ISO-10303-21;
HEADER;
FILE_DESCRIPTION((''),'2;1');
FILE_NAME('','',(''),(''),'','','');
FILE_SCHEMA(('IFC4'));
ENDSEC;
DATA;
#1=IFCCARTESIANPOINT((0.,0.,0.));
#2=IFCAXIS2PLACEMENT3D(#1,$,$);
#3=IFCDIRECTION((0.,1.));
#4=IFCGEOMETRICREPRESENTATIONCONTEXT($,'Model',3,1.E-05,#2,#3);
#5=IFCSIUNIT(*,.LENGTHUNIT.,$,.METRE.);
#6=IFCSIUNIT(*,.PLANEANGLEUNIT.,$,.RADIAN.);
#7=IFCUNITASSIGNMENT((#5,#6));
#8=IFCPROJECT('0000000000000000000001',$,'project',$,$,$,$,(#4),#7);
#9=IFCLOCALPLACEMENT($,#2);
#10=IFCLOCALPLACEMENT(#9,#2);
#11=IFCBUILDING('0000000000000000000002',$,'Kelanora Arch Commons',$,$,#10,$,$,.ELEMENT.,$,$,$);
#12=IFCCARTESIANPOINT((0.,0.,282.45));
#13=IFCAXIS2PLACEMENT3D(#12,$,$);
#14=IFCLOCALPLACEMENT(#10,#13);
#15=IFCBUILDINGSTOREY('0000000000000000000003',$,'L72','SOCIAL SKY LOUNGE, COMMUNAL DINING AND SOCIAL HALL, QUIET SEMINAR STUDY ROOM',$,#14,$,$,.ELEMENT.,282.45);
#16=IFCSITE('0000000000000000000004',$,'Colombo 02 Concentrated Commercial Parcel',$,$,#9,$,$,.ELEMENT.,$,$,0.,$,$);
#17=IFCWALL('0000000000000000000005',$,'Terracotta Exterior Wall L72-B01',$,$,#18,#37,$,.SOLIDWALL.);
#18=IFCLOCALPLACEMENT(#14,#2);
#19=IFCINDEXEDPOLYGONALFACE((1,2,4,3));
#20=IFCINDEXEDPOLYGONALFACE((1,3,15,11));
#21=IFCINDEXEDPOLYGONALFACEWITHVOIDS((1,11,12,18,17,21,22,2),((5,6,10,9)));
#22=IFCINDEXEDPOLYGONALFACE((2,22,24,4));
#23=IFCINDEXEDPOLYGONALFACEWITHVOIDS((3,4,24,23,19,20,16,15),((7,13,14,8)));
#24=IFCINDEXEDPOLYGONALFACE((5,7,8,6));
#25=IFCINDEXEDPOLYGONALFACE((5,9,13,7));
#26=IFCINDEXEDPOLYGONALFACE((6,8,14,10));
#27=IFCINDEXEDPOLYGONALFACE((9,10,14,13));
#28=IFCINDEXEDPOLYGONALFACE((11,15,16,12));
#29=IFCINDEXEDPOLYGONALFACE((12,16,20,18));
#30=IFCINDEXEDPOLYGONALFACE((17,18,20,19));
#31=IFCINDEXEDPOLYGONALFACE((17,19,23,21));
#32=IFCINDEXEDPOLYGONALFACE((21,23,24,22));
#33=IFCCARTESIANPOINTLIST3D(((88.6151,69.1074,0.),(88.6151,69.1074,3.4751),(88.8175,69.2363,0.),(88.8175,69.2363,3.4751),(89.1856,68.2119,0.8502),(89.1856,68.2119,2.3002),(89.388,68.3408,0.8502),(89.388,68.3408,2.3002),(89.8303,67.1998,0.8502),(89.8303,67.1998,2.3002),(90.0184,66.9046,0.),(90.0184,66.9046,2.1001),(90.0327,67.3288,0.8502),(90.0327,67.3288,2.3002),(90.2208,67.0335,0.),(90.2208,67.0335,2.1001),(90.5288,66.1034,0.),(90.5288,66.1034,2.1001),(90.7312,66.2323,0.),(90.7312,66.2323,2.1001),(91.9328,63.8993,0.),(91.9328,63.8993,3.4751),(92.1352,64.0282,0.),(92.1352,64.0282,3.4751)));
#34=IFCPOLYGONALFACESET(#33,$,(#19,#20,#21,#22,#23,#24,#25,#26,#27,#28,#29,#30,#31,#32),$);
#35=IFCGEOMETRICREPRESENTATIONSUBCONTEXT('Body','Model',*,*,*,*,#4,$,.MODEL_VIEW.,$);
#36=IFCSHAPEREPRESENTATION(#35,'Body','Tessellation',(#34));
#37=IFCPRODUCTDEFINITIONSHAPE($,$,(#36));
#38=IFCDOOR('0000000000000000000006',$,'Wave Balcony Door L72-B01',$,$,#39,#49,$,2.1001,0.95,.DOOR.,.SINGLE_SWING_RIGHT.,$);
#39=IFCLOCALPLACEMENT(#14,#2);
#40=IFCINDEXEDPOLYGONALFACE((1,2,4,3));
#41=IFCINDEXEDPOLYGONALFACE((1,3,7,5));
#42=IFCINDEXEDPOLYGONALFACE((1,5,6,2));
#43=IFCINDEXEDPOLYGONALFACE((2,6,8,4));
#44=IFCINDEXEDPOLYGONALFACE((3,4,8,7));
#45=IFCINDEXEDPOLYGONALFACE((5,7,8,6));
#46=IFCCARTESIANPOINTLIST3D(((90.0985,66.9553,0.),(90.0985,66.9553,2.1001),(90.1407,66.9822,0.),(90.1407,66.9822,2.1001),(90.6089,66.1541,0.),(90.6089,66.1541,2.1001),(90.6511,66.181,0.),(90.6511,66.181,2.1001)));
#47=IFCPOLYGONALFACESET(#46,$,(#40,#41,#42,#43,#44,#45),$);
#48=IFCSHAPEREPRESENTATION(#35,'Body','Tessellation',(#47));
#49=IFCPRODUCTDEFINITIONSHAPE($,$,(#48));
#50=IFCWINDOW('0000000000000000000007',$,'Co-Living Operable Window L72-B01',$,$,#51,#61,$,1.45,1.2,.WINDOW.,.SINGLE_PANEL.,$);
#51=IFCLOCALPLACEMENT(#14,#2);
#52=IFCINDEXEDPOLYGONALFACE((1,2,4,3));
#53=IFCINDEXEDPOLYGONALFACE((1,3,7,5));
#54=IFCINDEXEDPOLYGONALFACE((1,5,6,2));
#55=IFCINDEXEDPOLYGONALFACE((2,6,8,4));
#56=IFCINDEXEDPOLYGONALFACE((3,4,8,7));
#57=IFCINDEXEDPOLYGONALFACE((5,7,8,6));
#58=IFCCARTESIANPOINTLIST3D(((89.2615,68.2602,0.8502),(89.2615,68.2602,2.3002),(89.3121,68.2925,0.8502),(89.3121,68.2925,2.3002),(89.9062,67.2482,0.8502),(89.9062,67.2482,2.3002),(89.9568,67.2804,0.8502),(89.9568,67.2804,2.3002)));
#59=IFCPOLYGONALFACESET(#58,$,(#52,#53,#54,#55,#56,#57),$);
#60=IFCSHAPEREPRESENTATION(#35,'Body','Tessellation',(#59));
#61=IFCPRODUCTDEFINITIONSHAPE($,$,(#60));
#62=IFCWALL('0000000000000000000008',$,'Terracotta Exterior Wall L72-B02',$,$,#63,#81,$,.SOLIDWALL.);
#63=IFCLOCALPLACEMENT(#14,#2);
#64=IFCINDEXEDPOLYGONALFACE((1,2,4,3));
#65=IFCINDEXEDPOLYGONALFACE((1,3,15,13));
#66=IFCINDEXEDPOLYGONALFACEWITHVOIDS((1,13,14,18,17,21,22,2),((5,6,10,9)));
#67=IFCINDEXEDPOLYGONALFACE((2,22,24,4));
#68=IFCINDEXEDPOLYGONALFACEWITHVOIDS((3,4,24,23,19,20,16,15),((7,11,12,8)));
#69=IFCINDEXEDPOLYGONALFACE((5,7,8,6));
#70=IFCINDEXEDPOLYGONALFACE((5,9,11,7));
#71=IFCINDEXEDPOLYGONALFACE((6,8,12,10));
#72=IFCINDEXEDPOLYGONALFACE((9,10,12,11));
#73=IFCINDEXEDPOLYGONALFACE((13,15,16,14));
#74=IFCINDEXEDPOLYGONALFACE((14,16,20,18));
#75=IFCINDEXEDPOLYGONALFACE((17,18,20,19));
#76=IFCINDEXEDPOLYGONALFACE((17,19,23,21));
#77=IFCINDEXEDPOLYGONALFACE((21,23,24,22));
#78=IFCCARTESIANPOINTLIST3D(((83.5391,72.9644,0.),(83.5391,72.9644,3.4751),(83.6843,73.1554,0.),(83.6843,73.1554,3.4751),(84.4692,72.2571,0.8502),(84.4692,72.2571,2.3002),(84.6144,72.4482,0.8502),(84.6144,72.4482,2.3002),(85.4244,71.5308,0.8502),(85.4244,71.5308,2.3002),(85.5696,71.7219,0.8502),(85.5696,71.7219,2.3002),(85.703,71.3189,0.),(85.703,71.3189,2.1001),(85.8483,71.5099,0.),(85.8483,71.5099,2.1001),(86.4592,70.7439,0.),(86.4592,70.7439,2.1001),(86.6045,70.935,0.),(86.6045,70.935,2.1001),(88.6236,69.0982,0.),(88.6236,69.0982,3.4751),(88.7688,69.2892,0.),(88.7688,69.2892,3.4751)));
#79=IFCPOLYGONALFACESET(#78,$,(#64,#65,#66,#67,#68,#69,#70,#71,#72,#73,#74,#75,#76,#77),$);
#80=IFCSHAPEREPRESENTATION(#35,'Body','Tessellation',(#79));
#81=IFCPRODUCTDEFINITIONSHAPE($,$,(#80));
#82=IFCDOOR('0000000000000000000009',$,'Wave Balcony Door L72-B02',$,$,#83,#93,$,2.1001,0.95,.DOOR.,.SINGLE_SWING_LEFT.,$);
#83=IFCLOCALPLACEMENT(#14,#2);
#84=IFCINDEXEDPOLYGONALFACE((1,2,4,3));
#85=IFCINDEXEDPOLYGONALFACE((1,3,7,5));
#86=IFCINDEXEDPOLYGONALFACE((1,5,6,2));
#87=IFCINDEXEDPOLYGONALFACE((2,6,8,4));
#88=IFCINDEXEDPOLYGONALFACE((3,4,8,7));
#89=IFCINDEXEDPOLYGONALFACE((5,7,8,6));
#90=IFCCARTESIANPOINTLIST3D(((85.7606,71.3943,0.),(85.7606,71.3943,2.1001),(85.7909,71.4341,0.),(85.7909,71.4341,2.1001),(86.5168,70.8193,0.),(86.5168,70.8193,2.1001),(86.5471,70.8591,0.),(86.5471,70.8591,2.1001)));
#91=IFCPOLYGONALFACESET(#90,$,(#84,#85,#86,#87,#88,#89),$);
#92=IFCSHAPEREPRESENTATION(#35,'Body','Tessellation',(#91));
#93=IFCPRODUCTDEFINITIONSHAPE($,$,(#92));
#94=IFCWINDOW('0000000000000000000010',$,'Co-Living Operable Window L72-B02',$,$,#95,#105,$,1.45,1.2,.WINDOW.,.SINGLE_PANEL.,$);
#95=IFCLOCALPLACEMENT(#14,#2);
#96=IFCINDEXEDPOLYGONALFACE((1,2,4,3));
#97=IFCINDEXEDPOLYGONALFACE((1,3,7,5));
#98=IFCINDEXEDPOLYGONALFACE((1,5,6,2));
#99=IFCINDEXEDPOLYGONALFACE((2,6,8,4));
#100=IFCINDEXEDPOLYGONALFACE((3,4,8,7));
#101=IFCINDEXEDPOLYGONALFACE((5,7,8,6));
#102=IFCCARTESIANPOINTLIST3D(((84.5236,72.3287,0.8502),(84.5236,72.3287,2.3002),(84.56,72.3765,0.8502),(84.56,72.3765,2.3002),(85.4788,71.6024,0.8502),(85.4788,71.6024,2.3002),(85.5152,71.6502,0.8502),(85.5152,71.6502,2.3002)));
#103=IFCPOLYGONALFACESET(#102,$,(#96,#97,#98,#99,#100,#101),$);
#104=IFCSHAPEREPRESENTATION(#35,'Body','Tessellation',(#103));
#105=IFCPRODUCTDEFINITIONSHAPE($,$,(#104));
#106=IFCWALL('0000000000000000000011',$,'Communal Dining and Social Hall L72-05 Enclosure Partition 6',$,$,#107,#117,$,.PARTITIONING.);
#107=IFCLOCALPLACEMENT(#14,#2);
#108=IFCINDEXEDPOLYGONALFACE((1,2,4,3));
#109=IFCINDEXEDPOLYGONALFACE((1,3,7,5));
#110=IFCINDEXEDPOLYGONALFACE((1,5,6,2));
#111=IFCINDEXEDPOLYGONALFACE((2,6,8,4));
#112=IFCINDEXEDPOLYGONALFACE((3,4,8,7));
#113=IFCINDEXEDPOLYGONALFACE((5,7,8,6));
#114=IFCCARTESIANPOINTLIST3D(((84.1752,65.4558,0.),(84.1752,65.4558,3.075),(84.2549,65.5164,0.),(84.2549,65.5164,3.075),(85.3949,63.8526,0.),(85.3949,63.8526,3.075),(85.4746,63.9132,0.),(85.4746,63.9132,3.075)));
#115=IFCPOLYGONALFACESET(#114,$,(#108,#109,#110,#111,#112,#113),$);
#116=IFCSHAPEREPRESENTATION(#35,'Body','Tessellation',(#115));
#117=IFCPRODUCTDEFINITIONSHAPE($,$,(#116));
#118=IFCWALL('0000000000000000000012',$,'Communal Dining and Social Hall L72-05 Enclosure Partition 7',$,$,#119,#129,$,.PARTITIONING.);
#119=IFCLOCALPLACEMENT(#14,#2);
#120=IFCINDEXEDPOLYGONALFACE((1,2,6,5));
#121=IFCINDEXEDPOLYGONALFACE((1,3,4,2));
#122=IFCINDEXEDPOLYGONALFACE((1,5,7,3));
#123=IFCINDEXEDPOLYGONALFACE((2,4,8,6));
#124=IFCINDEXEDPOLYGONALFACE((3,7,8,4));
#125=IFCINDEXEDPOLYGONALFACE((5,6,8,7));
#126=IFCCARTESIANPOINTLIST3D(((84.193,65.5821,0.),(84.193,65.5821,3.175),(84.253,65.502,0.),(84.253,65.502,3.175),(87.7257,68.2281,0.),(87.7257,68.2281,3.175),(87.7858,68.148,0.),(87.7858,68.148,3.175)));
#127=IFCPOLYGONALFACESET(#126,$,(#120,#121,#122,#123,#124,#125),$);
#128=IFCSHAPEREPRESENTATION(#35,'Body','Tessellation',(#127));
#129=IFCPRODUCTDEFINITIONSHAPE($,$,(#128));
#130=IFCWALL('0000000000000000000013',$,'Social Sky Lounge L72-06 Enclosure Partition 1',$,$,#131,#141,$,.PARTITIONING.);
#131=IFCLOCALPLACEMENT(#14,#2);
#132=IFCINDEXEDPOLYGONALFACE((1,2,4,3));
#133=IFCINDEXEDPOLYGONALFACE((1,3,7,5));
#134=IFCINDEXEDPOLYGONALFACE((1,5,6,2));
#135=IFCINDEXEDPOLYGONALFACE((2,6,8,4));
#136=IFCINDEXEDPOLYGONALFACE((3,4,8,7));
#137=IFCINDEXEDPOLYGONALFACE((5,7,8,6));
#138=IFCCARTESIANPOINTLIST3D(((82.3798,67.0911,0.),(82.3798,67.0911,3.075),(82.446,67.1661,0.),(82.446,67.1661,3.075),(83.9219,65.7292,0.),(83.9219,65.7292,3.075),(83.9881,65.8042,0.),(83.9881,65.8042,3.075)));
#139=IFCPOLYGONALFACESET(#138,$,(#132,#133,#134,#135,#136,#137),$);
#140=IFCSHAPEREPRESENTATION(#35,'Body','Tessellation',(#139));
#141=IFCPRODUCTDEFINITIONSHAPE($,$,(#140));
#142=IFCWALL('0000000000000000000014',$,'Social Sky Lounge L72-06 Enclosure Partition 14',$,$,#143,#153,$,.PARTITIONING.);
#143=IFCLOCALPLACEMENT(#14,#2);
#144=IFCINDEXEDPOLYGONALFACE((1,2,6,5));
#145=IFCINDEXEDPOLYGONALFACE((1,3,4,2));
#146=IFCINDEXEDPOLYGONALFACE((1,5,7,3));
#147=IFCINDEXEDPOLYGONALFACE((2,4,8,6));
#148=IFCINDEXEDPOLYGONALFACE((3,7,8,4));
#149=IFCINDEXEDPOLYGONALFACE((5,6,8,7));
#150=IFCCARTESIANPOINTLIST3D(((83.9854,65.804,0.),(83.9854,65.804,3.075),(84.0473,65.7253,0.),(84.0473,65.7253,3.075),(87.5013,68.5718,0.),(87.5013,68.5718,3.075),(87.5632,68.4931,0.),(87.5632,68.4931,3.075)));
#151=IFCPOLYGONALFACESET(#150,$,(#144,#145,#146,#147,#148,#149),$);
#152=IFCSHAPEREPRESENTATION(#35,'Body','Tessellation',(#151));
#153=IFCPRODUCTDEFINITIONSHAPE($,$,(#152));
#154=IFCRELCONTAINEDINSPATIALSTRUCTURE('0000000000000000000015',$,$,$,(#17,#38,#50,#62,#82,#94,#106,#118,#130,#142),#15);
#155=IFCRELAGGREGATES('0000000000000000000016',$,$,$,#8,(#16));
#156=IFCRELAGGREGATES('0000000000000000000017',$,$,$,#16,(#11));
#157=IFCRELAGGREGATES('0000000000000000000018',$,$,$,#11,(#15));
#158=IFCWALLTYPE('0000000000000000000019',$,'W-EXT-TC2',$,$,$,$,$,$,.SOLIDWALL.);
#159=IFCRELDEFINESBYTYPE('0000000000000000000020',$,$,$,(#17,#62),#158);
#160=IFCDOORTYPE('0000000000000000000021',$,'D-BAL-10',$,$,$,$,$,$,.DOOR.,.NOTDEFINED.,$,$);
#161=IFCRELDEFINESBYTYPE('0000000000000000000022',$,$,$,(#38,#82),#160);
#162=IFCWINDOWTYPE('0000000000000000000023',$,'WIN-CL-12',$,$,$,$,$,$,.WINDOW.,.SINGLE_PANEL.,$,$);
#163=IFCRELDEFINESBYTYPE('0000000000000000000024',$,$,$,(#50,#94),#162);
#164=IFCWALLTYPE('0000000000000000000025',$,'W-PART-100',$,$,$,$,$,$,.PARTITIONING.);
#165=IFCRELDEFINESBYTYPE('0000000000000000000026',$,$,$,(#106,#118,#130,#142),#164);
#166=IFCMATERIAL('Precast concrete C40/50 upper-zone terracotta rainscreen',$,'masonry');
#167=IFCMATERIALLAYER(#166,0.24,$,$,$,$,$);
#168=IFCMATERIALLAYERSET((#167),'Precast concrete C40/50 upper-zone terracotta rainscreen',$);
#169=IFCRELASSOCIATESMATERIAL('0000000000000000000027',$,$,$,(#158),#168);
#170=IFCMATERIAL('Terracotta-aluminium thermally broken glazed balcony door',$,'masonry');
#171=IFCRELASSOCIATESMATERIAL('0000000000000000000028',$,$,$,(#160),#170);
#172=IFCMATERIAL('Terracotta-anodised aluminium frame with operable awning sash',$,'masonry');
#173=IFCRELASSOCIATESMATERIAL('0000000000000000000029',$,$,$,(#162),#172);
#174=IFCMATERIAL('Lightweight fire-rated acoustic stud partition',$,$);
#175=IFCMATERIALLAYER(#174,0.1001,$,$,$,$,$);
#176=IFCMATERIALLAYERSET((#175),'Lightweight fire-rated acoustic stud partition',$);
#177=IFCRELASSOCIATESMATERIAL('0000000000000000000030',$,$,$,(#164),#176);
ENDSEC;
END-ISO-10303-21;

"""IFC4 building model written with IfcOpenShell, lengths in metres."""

from ifc_helpers import new_model, si_unit, direction, frame, frame_2d, origin, place, context, subcontext, project, spatial, rectangle, extrude, material, layer, layer_set, type_object, element, fill, save


model = new_model("IFC4")

# Units and contexts
model_context = context("Model", 3, precision=1e-05, world=origin(), true_north=direction((0.0, 1.0)))
body_context = subcontext(model_context, "Body", "Model", "MODEL_VIEW")
ifc_project = project(units=[si_unit("LENGTHUNIT", "METRE"), si_unit("PLANEANGLEUNIT", "RADIAN")], contexts=[model_context])

# Site, building, storey
site_placement = place(None, origin())
site = spatial("IfcSite", under=ifc_project, at=site_placement, Name="Colombo 02 Concentrated Commercial Parcel", CompositionType="ELEMENT", RefElevation=0.0)
building_placement = place(site_placement, origin())
building = spatial("IfcBuilding", under=site, at=building_placement, Name="Kelanora Arch Commons", CompositionType="ELEMENT")
storey_placement = place(building_placement, frame((0.0, 0.0, 282.45)))
storey = spatial("IfcBuildingStorey", under=building, at=storey_placement, Name="L72", Description="SOCIAL SKY LOUNGE, COMMUNAL DINING AND SOCIAL HALL, QUIET SEMINAR STUDY ROOM", CompositionType="ELEMENT", Elevation=282.45)

# Walls, openings, doors, windows
ifc_material_1 = material(Name="Precast concrete C40/50 upper-zone terracotta rainscreen", Category="masonry")
ifc_layer_1 = layer(ifc_material_1, 0.24)
ifc_layer_set_1 = layer_set([ifc_layer_1], Name="Precast concrete C40/50 upper-zone terracotta rainscreen")
wall_type_1 = type_object("IfcWallType", Name="W-EXT-TC2", PredefinedType="SOLIDWALL", material=ifc_layer_set_1)
wall_1_placement = place(storey_placement, frame((92.0339, 63.9639, 0.0), z_axis=(0.0, 0.0, 1.0), x_axis=(-0.537272, 0.843409, 0.0)))
wall_1 = element("IfcWall", 1, at=wall_1_placement, inside=storey, type_object=wall_type_1, Name="Terracotta Exterior Wall L72-B01", PredefinedType="SOLIDWALL", context=body_context, shape_type="SweptSolid", body=[
    extrude(rectangle(XDim=6.175, YDim=0.24, at=frame_2d((3.0874, 0.0))), origin(), (0.0, 0.0, 1.0), 3.4751),
])
opening_1_placement = place(wall_1_placement, frame((2.613, 0.0, 0.0)))
opening_1 = element("IfcOpeningElement", 2, at=opening_1_placement, cuts=wall_1, PredefinedType="OPENING", context=body_context, shape_type="SweptSolid", body=[
    extrude(rectangle(XDim=0.95, YDim=2.1001, at=frame_2d((0.4751, 1.05))), frame((0.0, 0.1299, 0.0), z_axis=(0.0, -1.0, 0.0), x_axis=(1.0, 0.0, 0.0)), (0.0, 0.0, 1.0), 0.26),
])
opening_2_placement = place(wall_1_placement, frame((3.9131, 0.0, 0.8501)))
opening_2 = element("IfcOpeningElement", 3, at=opening_2_placement, cuts=wall_1, PredefinedType="OPENING", context=body_context, shape_type="SweptSolid", body=[
    extrude(rectangle(XDim=1.2, YDim=1.45, at=frame_2d((0.6001, 0.7251))), frame((0.0, 0.1299, 0.0), z_axis=(0.0, -1.0, 0.0), x_axis=(1.0, 0.0, 0.0)), (0.0, 0.0, 1.0), 0.26),
])
ifc_material_2 = material(Name="Terracotta-aluminium thermally broken glazed balcony door", Category="masonry")
door_type = type_object("IfcDoorType", Name="D-BAL-10", OperationType="NOTDEFINED", PredefinedType="DOOR", material=ifc_material_2)
door_1_placement = place(opening_1_placement, frame((0.95, 0.0, 0.0), z_axis=(0.0, 0.0, 1.0), x_axis=(-1.0, 0.0, 0.0)))
door_1 = element("IfcDoor", 4, at=door_1_placement, inside=storey, type_object=door_type, Name="Wave Balcony Door L72-B01", OperationType="SINGLE_SWING_RIGHT", OverallHeight=2.1001, OverallWidth=0.95, PredefinedType="DOOR", context=body_context, shape_type="SweptSolid", body=[
    extrude(rectangle(XDim=0.95, YDim=2.1001, at=frame_2d((0.4751, 1.05))), frame((0.0, 0.0249, 0.0), z_axis=(0.0, -1.0, 0.0), x_axis=(1.0, 0.0, 0.0)), (0.0, 0.0, 1.0), 0.05),
])
fill(opening_1, door_1)
ifc_material_3 = material(Name="Terracotta-anodised aluminium frame with operable awning sash", Category="masonry")
window_type = type_object("IfcWindowType", Name="WIN-CL-12", PartitioningType="SINGLE_PANEL", PredefinedType="WINDOW", material=ifc_material_3)
window_1_placement = place(opening_2_placement, origin())
window_1 = element("IfcWindow", 5, at=window_1_placement, inside=storey, type_object=window_type, Name="Co-Living Operable Window L72-B01", OverallHeight=1.45, OverallWidth=1.2, PartitioningType="SINGLE_PANEL", PredefinedType="WINDOW", context=body_context, shape_type="SweptSolid", body=[
    extrude(rectangle(XDim=1.2, YDim=1.45, at=frame_2d((0.6001, 0.7251))), frame((0.0, 0.03, 0.0), z_axis=(0.0, -1.0, 0.0), x_axis=(1.0, 0.0, 0.0)), (0.0, 0.0, 1.0), 0.0601),
])
fill(opening_2, window_1)
wall_2_placement = place(storey_placement, frame((88.6963, 69.1936, 0.0), z_axis=(0.0, 0.0, 1.0), x_axis=(-0.79601, 0.605283, 0.0)))
wall_2 = element("IfcWall", 6, at=wall_2_placement, inside=storey, type_object=wall_type_1, Name="Terracotta Exterior Wall L72-B02", PredefinedType="SOLIDWALL", context=body_context, shape_type="SweptSolid", body=[
    extrude(rectangle(XDim=6.3875, YDim=0.24, at=frame_2d((3.1938, 0.0))), origin(), (0.0, 0.0, 1.0), 3.4751),
])
opening_3_placement = place(wall_2_placement, frame((2.719, 0.0, 0.0)))
opening_3 = element("IfcOpeningElement", 7, at=opening_3_placement, cuts=wall_2, PredefinedType="OPENING", context=body_context, shape_type="SweptSolid", body=[
    extrude(rectangle(XDim=0.95, YDim=2.1001, at=frame_2d((0.4751, 1.05))), frame((0.0, 0.1299, 0.0), z_axis=(0.0, -1.0, 0.0), x_axis=(1.0, 0.0, 0.0)), (0.0, 0.0, 1.0), 0.26),
])
opening_4_placement = place(wall_2_placement, frame((4.019, 0.0, 0.8501)))
opening_4 = element("IfcOpeningElement", 8, at=opening_4_placement, cuts=wall_2, PredefinedType="OPENING", context=body_context, shape_type="SweptSolid", body=[
    extrude(rectangle(XDim=1.2, YDim=1.45, at=frame_2d((0.6001, 0.7251))), frame((0.0, 0.1299, 0.0), z_axis=(0.0, -1.0, 0.0), x_axis=(1.0, 0.0, 0.0)), (0.0, 0.0, 1.0), 0.26),
])
door_2_placement = place(opening_3_placement, frame((0.95, 0.0, 0.0), z_axis=(0.0, 0.0, 1.0), x_axis=(-1.0, 0.0, 0.0)))
door_2 = element("IfcDoor", 9, at=door_2_placement, inside=storey, type_object=door_type, Name="Wave Balcony Door L72-B02", OperationType="SINGLE_SWING_LEFT", OverallHeight=2.1001, OverallWidth=0.95, PredefinedType="DOOR", context=body_context, shape_type="SweptSolid", body=[
    extrude(rectangle(XDim=0.95, YDim=2.1001, at=frame_2d((0.4751, 1.05))), frame((0.0, 0.0249, 0.0), z_axis=(0.0, -1.0, 0.0), x_axis=(1.0, 0.0, 0.0)), (0.0, 0.0, 1.0), 0.05),
])
fill(opening_3, door_2)
window_2_placement = place(opening_4_placement, origin())
window_2 = element("IfcWindow", 10, at=window_2_placement, inside=storey, type_object=window_type, Name="Co-Living Operable Window L72-B02", OverallHeight=1.45, OverallWidth=1.2, PartitioningType="SINGLE_PANEL", PredefinedType="WINDOW", context=body_context, shape_type="SweptSolid", body=[
    extrude(rectangle(XDim=1.2, YDim=1.45, at=frame_2d((0.6001, 0.7251))), frame((0.0, 0.03, 0.0), z_axis=(0.0, -1.0, 0.0), x_axis=(1.0, 0.0, 0.0)), (0.0, 0.0, 1.0), 0.0601),
])
fill(opening_4, window_2)

# Walls
ifc_material_4 = material(Name="Lightweight fire-rated acoustic stud partition")
ifc_layer_2 = layer(ifc_material_4, 0.1001)
ifc_layer_set_2 = layer_set([ifc_layer_2], Name="Lightweight fire-rated acoustic stud partition")
wall_type_2 = type_object("IfcWallType", Name="W-PART-100", PredefinedType="PARTITIONING", material=ifc_layer_set_2)
wall_3_placement = place(storey_placement, frame((85.4348, 63.8828, 0.0), z_axis=(0.0, 0.0, 1.0), x_axis=(-0.605473, 0.795866, 0.0)))
element("IfcWall", 11, at=wall_3_placement, inside=storey, type_object=wall_type_2, Name="Communal Dining and Social Hall L72-05 Enclosure Partition 6", PredefinedType="PARTITIONING", context=body_context, shape_type="SweptSolid", body=[
    extrude(rectangle(XDim=2.0144, YDim=0.1001, at=frame_2d((1.0073, 0.0))), origin(), (0.0, 0.0, 1.0), 3.075),
])
wall_4_placement = place(storey_placement, frame((84.2229, 65.542, 0.0), z_axis=(0.0, 0.0, 1.0), x_axis=(0.800385, 0.599487, 0.0)))
element("IfcWall", 12, at=wall_4_placement, inside=storey, type_object=wall_type_2, Name="Communal Dining and Social Hall L72-05 Enclosure Partition 7", PredefinedType="PARTITIONING", context=body_context, shape_type="SweptSolid", body=[
    extrude(rectangle(XDim=4.4138, YDim=0.1001, at=frame_2d((2.207, 0.0))), origin(), (0.0, 0.0, 1.0), 3.175),
])
wall_5_placement = place(storey_placement, frame((83.9551, 65.7666, 0.0), z_axis=(0.0, 0.0, 1.0), x_axis=(-0.74954, 0.661959, 0.0)))
element("IfcWall", 13, at=wall_5_placement, inside=storey, type_object=wall_type_2, Name="Social Sky Lounge L72-06 Enclosure Partition 1", PredefinedType="PARTITIONING", context=body_context, shape_type="SweptSolid", body=[
    extrude(rectangle(XDim=2.0574, YDim=0.1001, at=frame_2d((1.0288, 0.0))), origin(), (0.0, 0.0, 1.0), 3.075),
])
wall_6_placement = place(storey_placement, frame((87.5322, 68.5325, 0.0), z_axis=(0.0, 0.0, 1.0), x_axis=(-0.785737, -0.618561, 0.0)))
element("IfcWall", 14, at=wall_6_placement, inside=storey, type_object=wall_type_2, Name="Social Sky Lounge L72-06 Enclosure Partition 14", PredefinedType="PARTITIONING", context=body_context, shape_type="SweptSolid", body=[
    extrude(rectangle(XDim=4.4746, YDim=0.1001, at=frame_2d((2.2373, 0.0))), origin(), (0.0, 0.0, 1.0), 3.075),
])

save(model, "model.ifc")
